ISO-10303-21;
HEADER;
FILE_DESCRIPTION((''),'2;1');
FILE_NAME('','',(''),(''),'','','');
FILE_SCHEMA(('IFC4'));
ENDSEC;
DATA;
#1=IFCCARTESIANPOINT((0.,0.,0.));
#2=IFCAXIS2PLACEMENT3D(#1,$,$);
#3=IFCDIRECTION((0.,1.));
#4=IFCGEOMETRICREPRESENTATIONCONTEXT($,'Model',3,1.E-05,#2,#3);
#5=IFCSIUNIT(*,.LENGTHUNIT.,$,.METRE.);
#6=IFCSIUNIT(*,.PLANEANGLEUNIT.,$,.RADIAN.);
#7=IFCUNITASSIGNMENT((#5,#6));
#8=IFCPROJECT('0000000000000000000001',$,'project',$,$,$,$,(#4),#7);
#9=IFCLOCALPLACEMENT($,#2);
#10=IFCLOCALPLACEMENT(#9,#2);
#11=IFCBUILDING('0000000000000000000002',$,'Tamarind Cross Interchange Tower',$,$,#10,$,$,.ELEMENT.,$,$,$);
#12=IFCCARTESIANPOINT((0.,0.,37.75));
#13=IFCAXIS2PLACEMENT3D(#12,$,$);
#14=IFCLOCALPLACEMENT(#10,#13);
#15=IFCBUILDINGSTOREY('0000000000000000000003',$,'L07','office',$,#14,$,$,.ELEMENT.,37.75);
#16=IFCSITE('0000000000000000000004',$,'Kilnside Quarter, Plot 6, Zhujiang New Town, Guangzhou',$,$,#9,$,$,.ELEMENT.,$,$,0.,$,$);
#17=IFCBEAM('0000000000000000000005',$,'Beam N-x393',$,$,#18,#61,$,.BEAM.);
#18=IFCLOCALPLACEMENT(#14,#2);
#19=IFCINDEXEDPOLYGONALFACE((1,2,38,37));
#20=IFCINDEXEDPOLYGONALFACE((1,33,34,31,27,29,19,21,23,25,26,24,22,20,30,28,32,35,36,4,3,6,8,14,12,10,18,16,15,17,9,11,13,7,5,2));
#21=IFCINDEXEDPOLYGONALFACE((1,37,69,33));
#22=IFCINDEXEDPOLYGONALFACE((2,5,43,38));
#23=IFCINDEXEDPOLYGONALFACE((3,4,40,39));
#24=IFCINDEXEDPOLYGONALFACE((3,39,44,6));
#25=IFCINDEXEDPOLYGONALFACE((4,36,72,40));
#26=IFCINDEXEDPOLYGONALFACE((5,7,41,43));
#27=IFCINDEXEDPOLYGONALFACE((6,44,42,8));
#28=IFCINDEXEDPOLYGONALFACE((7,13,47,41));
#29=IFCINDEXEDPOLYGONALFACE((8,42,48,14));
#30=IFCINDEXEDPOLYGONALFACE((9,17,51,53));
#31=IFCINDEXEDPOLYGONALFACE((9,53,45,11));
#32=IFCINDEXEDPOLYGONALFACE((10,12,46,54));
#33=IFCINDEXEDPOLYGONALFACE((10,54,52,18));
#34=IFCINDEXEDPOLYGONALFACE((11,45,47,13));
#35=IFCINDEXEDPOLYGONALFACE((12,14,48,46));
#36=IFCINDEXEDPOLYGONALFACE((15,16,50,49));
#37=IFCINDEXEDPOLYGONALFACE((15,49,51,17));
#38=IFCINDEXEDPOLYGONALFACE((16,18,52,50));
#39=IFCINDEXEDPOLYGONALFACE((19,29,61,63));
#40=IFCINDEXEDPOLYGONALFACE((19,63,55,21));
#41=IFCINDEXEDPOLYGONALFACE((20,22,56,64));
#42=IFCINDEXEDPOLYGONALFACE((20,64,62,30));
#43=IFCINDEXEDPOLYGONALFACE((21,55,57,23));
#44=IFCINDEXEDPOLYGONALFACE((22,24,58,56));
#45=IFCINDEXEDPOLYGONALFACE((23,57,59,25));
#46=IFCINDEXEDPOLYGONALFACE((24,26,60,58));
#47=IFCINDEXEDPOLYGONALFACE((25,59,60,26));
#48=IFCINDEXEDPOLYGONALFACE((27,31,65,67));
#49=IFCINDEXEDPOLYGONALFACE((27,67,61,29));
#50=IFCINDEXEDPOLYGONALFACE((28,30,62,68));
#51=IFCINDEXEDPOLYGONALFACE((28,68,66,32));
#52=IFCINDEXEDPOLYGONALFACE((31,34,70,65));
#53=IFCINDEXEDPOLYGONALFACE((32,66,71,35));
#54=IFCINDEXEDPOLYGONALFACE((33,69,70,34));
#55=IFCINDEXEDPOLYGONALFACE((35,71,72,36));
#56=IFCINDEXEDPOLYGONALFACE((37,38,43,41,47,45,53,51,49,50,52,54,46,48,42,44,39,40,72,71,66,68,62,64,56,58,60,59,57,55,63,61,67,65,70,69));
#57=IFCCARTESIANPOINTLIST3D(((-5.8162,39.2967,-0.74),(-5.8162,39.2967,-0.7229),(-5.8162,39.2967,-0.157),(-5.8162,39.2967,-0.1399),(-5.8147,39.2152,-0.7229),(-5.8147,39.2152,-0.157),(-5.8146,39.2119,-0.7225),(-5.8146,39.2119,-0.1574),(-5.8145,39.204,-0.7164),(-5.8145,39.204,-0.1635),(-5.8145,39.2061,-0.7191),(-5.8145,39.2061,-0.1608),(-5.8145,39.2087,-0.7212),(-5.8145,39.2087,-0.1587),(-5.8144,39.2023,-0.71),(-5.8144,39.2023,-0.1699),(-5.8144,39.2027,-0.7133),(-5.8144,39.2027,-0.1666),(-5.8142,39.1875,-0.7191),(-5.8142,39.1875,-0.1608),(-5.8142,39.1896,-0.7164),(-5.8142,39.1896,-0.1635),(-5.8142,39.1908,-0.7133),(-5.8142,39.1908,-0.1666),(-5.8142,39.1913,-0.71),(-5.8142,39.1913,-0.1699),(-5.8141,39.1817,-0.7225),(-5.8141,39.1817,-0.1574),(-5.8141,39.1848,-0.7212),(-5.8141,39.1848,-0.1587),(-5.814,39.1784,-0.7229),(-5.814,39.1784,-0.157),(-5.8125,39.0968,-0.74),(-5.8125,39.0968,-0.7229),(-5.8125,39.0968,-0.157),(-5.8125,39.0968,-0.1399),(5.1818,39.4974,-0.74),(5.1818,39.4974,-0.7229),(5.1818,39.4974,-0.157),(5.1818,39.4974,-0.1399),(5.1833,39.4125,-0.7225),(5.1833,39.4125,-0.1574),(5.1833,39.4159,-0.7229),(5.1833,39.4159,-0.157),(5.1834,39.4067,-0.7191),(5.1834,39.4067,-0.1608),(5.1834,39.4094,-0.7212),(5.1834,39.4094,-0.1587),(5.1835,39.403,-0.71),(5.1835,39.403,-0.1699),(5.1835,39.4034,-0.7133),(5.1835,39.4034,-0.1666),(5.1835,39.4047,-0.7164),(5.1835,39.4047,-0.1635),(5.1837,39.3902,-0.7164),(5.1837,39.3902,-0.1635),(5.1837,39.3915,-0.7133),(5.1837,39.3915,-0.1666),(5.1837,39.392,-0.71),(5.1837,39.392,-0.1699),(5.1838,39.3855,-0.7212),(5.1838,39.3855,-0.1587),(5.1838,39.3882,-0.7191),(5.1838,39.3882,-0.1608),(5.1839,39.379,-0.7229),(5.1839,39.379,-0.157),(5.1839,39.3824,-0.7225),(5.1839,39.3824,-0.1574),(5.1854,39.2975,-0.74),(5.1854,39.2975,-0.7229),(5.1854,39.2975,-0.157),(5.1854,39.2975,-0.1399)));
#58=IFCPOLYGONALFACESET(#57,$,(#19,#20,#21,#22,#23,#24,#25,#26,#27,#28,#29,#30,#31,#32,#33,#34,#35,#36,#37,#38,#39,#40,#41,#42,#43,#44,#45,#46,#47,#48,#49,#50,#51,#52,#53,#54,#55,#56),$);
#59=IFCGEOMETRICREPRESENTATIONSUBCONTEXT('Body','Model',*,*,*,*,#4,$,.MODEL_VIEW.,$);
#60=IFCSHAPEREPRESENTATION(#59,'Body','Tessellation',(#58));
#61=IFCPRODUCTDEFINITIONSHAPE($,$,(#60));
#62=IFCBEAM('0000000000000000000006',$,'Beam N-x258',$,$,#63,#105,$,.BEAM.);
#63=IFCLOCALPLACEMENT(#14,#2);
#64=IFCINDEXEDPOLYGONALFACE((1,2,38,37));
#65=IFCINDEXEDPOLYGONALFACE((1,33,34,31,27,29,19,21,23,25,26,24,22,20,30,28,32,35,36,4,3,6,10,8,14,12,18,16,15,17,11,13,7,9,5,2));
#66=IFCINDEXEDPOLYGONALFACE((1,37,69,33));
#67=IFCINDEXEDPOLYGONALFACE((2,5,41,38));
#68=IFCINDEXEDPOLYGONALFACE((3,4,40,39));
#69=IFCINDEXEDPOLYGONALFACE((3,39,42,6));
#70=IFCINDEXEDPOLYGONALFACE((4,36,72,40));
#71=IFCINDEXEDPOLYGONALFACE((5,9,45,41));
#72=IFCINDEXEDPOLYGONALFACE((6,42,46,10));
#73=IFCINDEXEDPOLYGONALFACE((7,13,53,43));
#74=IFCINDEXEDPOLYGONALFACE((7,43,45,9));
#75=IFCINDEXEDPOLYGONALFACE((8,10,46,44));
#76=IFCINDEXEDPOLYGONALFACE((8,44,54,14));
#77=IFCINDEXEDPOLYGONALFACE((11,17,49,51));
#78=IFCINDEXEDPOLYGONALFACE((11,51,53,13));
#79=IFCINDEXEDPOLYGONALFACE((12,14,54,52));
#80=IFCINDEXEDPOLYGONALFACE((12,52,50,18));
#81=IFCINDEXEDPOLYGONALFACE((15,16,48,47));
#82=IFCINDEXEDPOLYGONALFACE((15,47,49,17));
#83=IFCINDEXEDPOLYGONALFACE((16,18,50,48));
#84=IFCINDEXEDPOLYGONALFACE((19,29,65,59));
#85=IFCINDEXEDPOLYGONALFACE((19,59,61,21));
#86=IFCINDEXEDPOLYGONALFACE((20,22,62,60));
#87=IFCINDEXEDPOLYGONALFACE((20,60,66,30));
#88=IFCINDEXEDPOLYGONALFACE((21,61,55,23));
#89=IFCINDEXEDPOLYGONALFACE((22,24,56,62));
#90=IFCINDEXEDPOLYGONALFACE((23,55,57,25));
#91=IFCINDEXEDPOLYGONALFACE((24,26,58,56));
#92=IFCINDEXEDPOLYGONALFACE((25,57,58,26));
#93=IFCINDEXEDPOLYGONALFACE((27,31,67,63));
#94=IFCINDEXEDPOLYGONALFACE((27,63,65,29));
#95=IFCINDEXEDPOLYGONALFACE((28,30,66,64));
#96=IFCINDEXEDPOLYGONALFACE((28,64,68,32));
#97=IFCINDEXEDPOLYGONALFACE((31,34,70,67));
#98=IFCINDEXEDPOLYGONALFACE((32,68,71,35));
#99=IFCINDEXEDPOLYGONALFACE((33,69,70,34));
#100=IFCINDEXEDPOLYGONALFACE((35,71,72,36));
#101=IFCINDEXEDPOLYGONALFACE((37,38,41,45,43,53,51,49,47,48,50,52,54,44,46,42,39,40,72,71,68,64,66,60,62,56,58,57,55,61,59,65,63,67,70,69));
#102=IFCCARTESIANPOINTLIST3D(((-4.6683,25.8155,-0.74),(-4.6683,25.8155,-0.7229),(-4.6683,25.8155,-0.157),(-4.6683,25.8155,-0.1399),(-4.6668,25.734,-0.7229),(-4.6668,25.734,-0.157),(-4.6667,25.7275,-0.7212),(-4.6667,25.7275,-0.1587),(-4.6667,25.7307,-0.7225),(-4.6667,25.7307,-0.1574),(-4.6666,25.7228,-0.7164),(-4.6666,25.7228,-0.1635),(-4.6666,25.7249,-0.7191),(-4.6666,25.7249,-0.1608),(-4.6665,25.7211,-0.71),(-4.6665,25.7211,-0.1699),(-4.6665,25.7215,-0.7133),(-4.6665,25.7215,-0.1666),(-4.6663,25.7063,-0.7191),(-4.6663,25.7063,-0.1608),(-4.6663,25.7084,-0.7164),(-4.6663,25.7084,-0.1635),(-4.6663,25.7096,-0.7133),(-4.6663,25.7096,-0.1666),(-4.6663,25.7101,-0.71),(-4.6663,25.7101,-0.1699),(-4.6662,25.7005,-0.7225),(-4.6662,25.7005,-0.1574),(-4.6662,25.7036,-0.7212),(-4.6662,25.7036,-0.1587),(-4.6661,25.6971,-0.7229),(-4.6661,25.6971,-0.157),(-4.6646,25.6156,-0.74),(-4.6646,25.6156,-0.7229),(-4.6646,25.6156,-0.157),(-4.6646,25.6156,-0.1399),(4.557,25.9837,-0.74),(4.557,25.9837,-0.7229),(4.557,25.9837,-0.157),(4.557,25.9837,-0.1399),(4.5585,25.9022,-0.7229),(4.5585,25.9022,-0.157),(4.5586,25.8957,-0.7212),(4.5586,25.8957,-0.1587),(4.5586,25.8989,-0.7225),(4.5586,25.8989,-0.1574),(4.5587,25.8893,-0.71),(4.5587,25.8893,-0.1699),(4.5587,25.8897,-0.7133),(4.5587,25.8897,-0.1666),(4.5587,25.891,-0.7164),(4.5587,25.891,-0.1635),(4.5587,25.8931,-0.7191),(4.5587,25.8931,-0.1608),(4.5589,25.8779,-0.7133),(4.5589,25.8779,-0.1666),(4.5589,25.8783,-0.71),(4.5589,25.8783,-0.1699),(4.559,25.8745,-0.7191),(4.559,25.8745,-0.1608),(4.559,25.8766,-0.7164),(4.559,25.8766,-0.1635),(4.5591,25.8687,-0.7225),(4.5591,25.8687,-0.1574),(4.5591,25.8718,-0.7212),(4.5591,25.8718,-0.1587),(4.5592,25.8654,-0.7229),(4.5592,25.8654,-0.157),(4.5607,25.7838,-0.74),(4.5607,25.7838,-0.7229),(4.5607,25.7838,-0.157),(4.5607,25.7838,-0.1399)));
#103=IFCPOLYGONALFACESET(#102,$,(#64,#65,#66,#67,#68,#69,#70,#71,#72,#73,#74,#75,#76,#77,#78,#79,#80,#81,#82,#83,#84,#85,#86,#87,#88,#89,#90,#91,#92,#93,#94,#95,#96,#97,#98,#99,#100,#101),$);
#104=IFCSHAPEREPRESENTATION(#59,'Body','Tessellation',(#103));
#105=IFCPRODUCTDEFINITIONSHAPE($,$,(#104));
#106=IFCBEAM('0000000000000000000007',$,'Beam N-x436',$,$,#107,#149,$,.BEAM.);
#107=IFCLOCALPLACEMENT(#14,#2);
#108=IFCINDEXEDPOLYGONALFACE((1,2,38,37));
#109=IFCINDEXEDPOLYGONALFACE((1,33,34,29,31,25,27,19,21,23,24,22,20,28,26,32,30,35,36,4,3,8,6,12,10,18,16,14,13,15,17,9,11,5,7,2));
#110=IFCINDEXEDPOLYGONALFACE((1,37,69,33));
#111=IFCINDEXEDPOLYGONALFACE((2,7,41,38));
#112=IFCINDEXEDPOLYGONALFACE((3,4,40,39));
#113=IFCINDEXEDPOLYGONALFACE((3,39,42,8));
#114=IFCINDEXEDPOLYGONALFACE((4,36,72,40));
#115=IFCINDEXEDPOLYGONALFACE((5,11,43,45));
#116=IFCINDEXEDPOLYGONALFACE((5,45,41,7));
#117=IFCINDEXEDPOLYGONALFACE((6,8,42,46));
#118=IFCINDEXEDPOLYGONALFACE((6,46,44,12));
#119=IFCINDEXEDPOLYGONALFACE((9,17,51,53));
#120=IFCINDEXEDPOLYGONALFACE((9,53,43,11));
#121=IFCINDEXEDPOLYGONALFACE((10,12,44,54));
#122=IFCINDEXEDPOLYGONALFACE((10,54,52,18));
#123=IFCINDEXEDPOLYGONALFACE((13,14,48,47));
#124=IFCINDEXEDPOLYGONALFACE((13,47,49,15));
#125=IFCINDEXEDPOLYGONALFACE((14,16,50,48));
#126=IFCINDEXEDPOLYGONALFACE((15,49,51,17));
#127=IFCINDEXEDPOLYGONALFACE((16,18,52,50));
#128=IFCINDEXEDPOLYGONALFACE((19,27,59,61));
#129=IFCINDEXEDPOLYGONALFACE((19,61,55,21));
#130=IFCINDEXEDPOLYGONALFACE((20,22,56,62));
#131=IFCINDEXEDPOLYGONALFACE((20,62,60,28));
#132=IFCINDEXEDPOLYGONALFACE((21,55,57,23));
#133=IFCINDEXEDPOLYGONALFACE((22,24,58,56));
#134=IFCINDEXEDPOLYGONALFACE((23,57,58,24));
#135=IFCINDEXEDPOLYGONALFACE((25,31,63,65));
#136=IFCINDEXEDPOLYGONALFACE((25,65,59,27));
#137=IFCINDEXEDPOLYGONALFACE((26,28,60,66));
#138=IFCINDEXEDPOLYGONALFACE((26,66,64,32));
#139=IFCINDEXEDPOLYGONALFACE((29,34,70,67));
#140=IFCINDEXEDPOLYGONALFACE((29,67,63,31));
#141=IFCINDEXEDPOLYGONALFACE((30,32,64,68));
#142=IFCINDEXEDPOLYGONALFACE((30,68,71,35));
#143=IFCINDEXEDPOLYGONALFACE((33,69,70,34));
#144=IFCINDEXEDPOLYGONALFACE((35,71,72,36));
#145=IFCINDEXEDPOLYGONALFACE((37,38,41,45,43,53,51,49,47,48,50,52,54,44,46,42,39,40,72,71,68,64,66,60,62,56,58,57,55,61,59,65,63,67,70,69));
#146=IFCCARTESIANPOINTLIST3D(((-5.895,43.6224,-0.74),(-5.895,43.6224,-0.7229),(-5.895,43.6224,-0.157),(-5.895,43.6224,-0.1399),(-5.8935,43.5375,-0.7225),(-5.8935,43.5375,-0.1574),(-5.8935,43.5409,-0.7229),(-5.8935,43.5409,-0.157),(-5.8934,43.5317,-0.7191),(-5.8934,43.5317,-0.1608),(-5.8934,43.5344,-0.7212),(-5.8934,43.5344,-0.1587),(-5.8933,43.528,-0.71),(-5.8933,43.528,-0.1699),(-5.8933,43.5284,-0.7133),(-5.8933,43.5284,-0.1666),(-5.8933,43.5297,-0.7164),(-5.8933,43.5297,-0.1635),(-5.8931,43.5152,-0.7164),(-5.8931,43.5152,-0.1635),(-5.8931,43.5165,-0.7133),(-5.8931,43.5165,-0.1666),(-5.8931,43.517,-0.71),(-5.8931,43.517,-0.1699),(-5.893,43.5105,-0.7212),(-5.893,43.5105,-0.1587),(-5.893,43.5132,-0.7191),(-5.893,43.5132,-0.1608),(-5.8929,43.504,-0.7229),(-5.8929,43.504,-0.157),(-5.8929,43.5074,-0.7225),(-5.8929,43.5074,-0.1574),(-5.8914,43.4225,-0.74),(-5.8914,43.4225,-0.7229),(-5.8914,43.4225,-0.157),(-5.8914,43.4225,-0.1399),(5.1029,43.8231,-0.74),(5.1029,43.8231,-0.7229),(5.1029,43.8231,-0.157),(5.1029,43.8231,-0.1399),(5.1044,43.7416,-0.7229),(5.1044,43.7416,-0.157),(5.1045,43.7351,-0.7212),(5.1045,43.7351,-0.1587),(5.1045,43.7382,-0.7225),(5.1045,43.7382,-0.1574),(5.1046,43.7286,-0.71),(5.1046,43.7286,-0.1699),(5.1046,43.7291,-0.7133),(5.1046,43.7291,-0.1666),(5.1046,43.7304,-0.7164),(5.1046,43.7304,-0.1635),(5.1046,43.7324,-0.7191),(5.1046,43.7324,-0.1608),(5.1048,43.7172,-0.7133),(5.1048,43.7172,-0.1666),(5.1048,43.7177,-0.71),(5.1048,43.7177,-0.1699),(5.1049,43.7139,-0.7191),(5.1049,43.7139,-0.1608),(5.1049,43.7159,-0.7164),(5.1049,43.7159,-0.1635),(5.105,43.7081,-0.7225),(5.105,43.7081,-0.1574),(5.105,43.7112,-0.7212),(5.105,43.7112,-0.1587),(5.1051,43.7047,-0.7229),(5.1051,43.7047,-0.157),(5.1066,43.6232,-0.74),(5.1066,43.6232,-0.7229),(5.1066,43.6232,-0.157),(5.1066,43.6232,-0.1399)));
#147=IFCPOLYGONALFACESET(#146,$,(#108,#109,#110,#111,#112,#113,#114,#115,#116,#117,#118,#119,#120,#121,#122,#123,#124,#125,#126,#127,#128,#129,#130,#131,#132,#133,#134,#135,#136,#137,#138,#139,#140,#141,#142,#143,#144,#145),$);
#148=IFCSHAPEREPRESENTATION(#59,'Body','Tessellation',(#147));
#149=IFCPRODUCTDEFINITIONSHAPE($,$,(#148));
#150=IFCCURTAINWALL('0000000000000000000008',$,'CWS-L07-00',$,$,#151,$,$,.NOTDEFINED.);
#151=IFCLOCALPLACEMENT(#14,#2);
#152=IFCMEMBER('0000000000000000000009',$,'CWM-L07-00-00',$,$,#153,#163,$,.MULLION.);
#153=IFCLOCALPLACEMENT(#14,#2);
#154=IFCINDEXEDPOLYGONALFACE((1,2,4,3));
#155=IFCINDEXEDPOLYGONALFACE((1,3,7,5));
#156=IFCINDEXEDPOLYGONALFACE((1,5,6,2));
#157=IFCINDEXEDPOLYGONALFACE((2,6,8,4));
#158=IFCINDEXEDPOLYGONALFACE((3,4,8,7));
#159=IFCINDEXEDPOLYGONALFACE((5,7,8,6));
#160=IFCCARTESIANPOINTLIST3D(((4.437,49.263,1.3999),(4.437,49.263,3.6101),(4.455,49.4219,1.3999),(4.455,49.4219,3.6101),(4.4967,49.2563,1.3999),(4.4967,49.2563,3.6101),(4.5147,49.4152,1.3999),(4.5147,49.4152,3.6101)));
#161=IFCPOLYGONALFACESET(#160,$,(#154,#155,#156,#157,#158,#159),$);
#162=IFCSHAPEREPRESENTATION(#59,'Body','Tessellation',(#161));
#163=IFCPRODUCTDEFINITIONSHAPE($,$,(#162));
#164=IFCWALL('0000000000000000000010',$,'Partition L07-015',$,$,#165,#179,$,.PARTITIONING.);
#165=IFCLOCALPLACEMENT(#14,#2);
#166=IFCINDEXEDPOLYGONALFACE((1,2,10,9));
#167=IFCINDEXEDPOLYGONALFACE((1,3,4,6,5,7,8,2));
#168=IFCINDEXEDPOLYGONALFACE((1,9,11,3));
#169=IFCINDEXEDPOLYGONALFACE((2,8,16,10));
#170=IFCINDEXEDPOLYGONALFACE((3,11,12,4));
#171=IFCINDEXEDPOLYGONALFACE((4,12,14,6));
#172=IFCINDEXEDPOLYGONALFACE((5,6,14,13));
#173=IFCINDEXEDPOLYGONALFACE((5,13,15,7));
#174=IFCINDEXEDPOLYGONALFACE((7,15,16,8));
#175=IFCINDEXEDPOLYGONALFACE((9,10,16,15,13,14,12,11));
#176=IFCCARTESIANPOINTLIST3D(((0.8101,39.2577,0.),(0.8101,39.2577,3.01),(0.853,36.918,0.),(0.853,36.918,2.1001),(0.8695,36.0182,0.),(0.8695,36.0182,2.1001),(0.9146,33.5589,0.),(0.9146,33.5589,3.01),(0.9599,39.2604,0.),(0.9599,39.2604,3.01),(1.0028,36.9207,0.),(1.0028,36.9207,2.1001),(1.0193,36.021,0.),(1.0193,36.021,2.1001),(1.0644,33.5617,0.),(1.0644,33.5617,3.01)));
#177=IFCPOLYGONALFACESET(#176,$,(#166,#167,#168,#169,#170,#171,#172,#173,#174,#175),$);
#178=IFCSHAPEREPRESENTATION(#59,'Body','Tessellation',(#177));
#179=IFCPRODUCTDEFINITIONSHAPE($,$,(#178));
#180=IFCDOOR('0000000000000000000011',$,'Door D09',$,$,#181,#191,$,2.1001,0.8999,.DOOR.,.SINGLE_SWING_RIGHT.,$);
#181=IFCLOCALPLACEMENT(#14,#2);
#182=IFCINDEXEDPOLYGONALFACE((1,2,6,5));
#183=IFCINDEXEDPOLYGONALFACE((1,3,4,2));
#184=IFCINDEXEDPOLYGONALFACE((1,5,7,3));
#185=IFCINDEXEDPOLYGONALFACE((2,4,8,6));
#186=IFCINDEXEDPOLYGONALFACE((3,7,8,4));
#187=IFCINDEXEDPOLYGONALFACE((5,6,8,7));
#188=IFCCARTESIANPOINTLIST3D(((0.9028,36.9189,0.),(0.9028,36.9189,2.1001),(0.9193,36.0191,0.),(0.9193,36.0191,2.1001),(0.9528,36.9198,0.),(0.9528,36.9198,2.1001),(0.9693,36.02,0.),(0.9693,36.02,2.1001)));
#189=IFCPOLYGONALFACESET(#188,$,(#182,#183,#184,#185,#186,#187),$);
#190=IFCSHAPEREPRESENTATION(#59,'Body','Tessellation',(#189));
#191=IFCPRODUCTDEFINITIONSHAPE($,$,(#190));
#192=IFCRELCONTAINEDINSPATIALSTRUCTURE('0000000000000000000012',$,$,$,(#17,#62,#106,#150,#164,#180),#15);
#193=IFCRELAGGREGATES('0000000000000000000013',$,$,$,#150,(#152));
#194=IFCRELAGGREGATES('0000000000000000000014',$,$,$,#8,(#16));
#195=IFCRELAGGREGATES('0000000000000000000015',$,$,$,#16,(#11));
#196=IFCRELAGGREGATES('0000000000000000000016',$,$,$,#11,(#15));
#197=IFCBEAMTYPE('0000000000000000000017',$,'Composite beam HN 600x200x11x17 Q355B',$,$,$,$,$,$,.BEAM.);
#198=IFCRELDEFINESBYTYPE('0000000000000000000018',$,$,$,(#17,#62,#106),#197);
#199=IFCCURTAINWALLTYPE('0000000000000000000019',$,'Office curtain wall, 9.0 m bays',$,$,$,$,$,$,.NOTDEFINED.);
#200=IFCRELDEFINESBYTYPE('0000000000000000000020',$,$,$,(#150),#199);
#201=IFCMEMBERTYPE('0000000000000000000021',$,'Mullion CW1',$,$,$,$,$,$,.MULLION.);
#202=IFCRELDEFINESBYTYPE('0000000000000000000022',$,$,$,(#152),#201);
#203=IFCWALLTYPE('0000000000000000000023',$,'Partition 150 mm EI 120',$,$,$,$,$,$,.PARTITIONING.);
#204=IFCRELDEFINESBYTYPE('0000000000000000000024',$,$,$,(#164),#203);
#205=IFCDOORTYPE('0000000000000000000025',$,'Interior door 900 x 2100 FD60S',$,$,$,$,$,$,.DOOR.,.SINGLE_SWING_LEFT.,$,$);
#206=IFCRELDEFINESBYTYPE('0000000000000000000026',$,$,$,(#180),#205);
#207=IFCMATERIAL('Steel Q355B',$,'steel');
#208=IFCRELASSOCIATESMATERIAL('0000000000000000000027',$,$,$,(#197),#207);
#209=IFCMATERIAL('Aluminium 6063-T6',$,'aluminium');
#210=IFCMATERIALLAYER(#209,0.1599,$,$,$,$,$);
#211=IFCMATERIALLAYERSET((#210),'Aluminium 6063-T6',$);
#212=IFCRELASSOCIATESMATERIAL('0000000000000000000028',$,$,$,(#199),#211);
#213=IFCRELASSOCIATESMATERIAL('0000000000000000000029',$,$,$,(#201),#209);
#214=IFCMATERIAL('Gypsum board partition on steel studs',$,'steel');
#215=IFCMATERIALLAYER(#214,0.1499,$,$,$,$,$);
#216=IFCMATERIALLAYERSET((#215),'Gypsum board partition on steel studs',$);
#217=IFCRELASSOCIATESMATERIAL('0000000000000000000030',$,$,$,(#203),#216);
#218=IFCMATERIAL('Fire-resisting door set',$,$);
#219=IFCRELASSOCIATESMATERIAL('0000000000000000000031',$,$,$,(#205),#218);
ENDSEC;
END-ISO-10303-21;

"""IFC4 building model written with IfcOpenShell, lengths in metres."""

from ifc_helpers import new_model, si_unit, direction, frame, frame_2d, origin, origin_2d, place, context, subcontext, project, spatial, rectangle, i_section, extrude, material, layer, layer_set, material_profile, profile_set, type_object, element, fill, aggregate, save


model = new_model("IFC4")

# Units and contexts
model_context = context("Model", 3, precision=1e-05, world=origin(), true_north=direction((0.0, 1.0)))
body_context = subcontext(model_context, "Body", "Model", "MODEL_VIEW")
ifc_project = project(units=[si_unit("LENGTHUNIT", "METRE"), si_unit("PLANEANGLEUNIT", "RADIAN")], contexts=[model_context])

# Site, building, storey
site_placement = place(None, origin())
site = spatial("IfcSite", under=ifc_project, at=site_placement, Name="Kilnside Quarter, Plot 6, Zhujiang New Town, Guangzhou", CompositionType="ELEMENT", RefElevation=0.0)
building_placement = place(site_placement, origin())
building = spatial("IfcBuilding", under=site, at=building_placement, Name="Tamarind Cross Interchange Tower", CompositionType="ELEMENT")
storey_placement = place(building_placement, frame((0.0, 0.0, 37.75)))
storey = spatial("IfcBuildingStorey", under=building, at=storey_placement, Name="L07", Description="office", CompositionType="ELEMENT", Elevation=37.75)

# Beams
ifc_material_1 = material(Name="Steel Q355B", Category="steel")
ifc_material_profile_1 = material_profile(ifc_material_1, i_section(OverallWidth=0.2, OverallDepth=0.6001, WebThickness=0.011, FlangeThickness=0.0171, FilletRadius=0.0129, at=origin_2d()), Name="HN 600x200x11x17")
ifc_profile_set_1 = profile_set([ifc_material_profile_1], Name="Steel Q355B")
beam_type_1 = type_object("IfcBeamType", Name="Composite beam HN 600x200x11x17 Q355B", PredefinedType="BEAM", material=ifc_profile_set_1)
beam_1_placement = place(storey_placement, frame((5.1836, 39.3975, -0.4399), z_axis=(-0.999834, -0.018244, 0.0), x_axis=(0.018244, -0.999834, 0.0)))
element("IfcBeam", 1, at=beam_1_placement, inside=storey, type_object=beam_type_1, Name="Beam N-x393", PredefinedType="BEAM", context=body_context, shape_type="SweptSolid", body=[
    extrude(i_section(OverallWidth=0.2, OverallDepth=0.6001, WebThickness=0.011, FlangeThickness=0.0171, FilletRadius=0.0129, at=origin_2d()), origin(), (0.0, 0.0, 1.0), 10.9998),
])
beam_2_placement = place(storey_placement, frame((4.5588, 25.8838, -0.4399), z_axis=(-0.999834, -0.018231, 0.0), x_axis=(0.018231, -0.999834, 0.0)))
element("IfcBeam", 2, at=beam_2_placement, inside=storey, type_object=beam_type_1, Name="Beam N-x258", PredefinedType="BEAM", context=body_context, shape_type="SweptSolid", body=[
    extrude(i_section(OverallWidth=0.2, OverallDepth=0.6001, WebThickness=0.011, FlangeThickness=0.0171, FilletRadius=0.0129, at=origin_2d()), origin(), (0.0, 0.0, 1.0), 9.2268),
])
beam_3_placement = place(storey_placement, frame((5.1047, 43.7231, -0.4399), z_axis=(-0.999834, -0.018244, 0.0), x_axis=(0.018244, -0.999834, 0.0)))
element("IfcBeam", 3, at=beam_3_placement, inside=storey, type_object=beam_type_1, Name="Beam N-x436", PredefinedType="BEAM", context=body_context, shape_type="SweptSolid", body=[
    extrude(i_section(OverallWidth=0.2, OverallDepth=0.6001, WebThickness=0.011, FlangeThickness=0.0171, FilletRadius=0.0129, at=origin_2d()), origin(), (0.0, 0.0, 1.0), 10.9998),
])

# Curtain wall, member
ifc_material_2 = material(Name="Aluminium 6063-T6", Category="aluminium")
ifc_layer_1 = layer(ifc_material_2, 0.1599)
ifc_layer_set_1 = layer_set([ifc_layer_1], Name="Aluminium 6063-T6")
curtain_wall_type = type_object("IfcCurtainWallType", Name="Office curtain wall, 9.0 m bays", PredefinedType="NOTDEFINED", material=ifc_layer_set_1)
curtain_wall_placement = place(storey_placement, origin())
curtain_wall = element("IfcCurtainWall", 4, at=curtain_wall_placement, inside=storey, type_object=curtain_wall_type, Name="CWS-L07-00", PredefinedType="NOTDEFINED")
ifc_material_profile_2 = material_profile(ifc_material_2, rectangle(XDim=0.0601, YDim=0.1599, at=origin_2d()), Name="Mullion CW1")
ifc_profile_set_2 = profile_set([ifc_material_profile_2], Name="Aluminium 6063-T6")
member_type = type_object("IfcMemberType", Name="Mullion CW1", PredefinedType="MULLION", material=ifc_profile_set_2)
member_placement = place(storey_placement, frame((4.4758, 49.3391, 1.3999), z_axis=(0.0, 0.0, 1.0), x_axis=(-0.99366, 0.112426, 0.0)))
member = element("IfcMember", 5, at=member_placement, type_object=member_type, Name="CWM-L07-00-00", PredefinedType="MULLION", context=body_context, shape_type="SweptSolid", body=[
    extrude(rectangle(XDim=0.0601, YDim=0.1599, at=origin_2d()), origin(), (0.0, 0.0, 1.0), 2.2102),
])
aggregate(curtain_wall, [member])

# Wall, opening, door
ifc_material_3 = material(Name="Gypsum board partition on steel studs", Category="steel")
ifc_layer_2 = layer(ifc_material_3, 0.1499)
ifc_layer_set_2 = layer_set([ifc_layer_2], Name="Gypsum board partition on steel studs")
wall_type_1 = type_object("IfcWallType", Name="Partition 150 mm EI 120", PredefinedType="PARTITIONING", material=ifc_layer_set_2)
wall_1_placement = place(storey_placement, frame((0.885, 39.259, 0.0), z_axis=(0.0, 0.0, 1.0), x_axis=(0.018333, -0.999832, 0.0)))
wall_1 = element("IfcWall", 6, at=wall_1_placement, inside=storey, type_object=wall_type_1, Name="Partition L07-015", PredefinedType="PARTITIONING", context=body_context, shape_type="SweptSolid", body=[
    extrude(rectangle(XDim=5.6997, YDim=0.1499, at=frame_2d((2.8499, 0.0))), origin(), (0.0, 0.0, 1.0), 3.01),
])
opening_1_placement = place(wall_1_placement, frame((2.3401, 0.0, 0.0)))
opening_1 = element("IfcOpeningElement", 7, at=opening_1_placement, cuts=wall_1, PredefinedType="OPENING", context=body_context, shape_type="SweptSolid", body=[
    extrude(rectangle(XDim=0.8999, YDim=2.1001, at=frame_2d((0.45, 1.05))), frame((0.0, 0.085, 0.0), z_axis=(0.0, -1.0, 0.0), x_axis=(1.0, 0.0, 0.0)), (0.0, 0.0, 1.0), 0.1699),
])
ifc_material_4 = material(Name="Fire-resisting door set")
door_type_1 = type_object("IfcDoorType", Name="Interior door 900 x 2100 FD60S", OperationType="SINGLE_SWING_LEFT", PredefinedType="DOOR", material=ifc_material_4)
door_1_placement = place(opening_1_placement, origin())
door_1 = element("IfcDoor", 8, at=door_1_placement, inside=storey, type_object=door_type_1, Name="Door D09", OperationType="SINGLE_SWING_RIGHT", OverallHeight=2.1001, OverallWidth=0.8999, PredefinedType="DOOR", context=body_context, shape_type="SweptSolid", body=[
    extrude(rectangle(XDim=0.8999, YDim=2.1001, at=frame_2d((0.45, 1.05))), frame((0.0, 0.0249, 0.0), z_axis=(0.0, -1.0, 0.0), x_axis=(1.0, 0.0, 0.0)), (0.0, 0.0, 1.0), 0.05),
])
fill(opening_1, door_1)

save(model, "model.ifc")
